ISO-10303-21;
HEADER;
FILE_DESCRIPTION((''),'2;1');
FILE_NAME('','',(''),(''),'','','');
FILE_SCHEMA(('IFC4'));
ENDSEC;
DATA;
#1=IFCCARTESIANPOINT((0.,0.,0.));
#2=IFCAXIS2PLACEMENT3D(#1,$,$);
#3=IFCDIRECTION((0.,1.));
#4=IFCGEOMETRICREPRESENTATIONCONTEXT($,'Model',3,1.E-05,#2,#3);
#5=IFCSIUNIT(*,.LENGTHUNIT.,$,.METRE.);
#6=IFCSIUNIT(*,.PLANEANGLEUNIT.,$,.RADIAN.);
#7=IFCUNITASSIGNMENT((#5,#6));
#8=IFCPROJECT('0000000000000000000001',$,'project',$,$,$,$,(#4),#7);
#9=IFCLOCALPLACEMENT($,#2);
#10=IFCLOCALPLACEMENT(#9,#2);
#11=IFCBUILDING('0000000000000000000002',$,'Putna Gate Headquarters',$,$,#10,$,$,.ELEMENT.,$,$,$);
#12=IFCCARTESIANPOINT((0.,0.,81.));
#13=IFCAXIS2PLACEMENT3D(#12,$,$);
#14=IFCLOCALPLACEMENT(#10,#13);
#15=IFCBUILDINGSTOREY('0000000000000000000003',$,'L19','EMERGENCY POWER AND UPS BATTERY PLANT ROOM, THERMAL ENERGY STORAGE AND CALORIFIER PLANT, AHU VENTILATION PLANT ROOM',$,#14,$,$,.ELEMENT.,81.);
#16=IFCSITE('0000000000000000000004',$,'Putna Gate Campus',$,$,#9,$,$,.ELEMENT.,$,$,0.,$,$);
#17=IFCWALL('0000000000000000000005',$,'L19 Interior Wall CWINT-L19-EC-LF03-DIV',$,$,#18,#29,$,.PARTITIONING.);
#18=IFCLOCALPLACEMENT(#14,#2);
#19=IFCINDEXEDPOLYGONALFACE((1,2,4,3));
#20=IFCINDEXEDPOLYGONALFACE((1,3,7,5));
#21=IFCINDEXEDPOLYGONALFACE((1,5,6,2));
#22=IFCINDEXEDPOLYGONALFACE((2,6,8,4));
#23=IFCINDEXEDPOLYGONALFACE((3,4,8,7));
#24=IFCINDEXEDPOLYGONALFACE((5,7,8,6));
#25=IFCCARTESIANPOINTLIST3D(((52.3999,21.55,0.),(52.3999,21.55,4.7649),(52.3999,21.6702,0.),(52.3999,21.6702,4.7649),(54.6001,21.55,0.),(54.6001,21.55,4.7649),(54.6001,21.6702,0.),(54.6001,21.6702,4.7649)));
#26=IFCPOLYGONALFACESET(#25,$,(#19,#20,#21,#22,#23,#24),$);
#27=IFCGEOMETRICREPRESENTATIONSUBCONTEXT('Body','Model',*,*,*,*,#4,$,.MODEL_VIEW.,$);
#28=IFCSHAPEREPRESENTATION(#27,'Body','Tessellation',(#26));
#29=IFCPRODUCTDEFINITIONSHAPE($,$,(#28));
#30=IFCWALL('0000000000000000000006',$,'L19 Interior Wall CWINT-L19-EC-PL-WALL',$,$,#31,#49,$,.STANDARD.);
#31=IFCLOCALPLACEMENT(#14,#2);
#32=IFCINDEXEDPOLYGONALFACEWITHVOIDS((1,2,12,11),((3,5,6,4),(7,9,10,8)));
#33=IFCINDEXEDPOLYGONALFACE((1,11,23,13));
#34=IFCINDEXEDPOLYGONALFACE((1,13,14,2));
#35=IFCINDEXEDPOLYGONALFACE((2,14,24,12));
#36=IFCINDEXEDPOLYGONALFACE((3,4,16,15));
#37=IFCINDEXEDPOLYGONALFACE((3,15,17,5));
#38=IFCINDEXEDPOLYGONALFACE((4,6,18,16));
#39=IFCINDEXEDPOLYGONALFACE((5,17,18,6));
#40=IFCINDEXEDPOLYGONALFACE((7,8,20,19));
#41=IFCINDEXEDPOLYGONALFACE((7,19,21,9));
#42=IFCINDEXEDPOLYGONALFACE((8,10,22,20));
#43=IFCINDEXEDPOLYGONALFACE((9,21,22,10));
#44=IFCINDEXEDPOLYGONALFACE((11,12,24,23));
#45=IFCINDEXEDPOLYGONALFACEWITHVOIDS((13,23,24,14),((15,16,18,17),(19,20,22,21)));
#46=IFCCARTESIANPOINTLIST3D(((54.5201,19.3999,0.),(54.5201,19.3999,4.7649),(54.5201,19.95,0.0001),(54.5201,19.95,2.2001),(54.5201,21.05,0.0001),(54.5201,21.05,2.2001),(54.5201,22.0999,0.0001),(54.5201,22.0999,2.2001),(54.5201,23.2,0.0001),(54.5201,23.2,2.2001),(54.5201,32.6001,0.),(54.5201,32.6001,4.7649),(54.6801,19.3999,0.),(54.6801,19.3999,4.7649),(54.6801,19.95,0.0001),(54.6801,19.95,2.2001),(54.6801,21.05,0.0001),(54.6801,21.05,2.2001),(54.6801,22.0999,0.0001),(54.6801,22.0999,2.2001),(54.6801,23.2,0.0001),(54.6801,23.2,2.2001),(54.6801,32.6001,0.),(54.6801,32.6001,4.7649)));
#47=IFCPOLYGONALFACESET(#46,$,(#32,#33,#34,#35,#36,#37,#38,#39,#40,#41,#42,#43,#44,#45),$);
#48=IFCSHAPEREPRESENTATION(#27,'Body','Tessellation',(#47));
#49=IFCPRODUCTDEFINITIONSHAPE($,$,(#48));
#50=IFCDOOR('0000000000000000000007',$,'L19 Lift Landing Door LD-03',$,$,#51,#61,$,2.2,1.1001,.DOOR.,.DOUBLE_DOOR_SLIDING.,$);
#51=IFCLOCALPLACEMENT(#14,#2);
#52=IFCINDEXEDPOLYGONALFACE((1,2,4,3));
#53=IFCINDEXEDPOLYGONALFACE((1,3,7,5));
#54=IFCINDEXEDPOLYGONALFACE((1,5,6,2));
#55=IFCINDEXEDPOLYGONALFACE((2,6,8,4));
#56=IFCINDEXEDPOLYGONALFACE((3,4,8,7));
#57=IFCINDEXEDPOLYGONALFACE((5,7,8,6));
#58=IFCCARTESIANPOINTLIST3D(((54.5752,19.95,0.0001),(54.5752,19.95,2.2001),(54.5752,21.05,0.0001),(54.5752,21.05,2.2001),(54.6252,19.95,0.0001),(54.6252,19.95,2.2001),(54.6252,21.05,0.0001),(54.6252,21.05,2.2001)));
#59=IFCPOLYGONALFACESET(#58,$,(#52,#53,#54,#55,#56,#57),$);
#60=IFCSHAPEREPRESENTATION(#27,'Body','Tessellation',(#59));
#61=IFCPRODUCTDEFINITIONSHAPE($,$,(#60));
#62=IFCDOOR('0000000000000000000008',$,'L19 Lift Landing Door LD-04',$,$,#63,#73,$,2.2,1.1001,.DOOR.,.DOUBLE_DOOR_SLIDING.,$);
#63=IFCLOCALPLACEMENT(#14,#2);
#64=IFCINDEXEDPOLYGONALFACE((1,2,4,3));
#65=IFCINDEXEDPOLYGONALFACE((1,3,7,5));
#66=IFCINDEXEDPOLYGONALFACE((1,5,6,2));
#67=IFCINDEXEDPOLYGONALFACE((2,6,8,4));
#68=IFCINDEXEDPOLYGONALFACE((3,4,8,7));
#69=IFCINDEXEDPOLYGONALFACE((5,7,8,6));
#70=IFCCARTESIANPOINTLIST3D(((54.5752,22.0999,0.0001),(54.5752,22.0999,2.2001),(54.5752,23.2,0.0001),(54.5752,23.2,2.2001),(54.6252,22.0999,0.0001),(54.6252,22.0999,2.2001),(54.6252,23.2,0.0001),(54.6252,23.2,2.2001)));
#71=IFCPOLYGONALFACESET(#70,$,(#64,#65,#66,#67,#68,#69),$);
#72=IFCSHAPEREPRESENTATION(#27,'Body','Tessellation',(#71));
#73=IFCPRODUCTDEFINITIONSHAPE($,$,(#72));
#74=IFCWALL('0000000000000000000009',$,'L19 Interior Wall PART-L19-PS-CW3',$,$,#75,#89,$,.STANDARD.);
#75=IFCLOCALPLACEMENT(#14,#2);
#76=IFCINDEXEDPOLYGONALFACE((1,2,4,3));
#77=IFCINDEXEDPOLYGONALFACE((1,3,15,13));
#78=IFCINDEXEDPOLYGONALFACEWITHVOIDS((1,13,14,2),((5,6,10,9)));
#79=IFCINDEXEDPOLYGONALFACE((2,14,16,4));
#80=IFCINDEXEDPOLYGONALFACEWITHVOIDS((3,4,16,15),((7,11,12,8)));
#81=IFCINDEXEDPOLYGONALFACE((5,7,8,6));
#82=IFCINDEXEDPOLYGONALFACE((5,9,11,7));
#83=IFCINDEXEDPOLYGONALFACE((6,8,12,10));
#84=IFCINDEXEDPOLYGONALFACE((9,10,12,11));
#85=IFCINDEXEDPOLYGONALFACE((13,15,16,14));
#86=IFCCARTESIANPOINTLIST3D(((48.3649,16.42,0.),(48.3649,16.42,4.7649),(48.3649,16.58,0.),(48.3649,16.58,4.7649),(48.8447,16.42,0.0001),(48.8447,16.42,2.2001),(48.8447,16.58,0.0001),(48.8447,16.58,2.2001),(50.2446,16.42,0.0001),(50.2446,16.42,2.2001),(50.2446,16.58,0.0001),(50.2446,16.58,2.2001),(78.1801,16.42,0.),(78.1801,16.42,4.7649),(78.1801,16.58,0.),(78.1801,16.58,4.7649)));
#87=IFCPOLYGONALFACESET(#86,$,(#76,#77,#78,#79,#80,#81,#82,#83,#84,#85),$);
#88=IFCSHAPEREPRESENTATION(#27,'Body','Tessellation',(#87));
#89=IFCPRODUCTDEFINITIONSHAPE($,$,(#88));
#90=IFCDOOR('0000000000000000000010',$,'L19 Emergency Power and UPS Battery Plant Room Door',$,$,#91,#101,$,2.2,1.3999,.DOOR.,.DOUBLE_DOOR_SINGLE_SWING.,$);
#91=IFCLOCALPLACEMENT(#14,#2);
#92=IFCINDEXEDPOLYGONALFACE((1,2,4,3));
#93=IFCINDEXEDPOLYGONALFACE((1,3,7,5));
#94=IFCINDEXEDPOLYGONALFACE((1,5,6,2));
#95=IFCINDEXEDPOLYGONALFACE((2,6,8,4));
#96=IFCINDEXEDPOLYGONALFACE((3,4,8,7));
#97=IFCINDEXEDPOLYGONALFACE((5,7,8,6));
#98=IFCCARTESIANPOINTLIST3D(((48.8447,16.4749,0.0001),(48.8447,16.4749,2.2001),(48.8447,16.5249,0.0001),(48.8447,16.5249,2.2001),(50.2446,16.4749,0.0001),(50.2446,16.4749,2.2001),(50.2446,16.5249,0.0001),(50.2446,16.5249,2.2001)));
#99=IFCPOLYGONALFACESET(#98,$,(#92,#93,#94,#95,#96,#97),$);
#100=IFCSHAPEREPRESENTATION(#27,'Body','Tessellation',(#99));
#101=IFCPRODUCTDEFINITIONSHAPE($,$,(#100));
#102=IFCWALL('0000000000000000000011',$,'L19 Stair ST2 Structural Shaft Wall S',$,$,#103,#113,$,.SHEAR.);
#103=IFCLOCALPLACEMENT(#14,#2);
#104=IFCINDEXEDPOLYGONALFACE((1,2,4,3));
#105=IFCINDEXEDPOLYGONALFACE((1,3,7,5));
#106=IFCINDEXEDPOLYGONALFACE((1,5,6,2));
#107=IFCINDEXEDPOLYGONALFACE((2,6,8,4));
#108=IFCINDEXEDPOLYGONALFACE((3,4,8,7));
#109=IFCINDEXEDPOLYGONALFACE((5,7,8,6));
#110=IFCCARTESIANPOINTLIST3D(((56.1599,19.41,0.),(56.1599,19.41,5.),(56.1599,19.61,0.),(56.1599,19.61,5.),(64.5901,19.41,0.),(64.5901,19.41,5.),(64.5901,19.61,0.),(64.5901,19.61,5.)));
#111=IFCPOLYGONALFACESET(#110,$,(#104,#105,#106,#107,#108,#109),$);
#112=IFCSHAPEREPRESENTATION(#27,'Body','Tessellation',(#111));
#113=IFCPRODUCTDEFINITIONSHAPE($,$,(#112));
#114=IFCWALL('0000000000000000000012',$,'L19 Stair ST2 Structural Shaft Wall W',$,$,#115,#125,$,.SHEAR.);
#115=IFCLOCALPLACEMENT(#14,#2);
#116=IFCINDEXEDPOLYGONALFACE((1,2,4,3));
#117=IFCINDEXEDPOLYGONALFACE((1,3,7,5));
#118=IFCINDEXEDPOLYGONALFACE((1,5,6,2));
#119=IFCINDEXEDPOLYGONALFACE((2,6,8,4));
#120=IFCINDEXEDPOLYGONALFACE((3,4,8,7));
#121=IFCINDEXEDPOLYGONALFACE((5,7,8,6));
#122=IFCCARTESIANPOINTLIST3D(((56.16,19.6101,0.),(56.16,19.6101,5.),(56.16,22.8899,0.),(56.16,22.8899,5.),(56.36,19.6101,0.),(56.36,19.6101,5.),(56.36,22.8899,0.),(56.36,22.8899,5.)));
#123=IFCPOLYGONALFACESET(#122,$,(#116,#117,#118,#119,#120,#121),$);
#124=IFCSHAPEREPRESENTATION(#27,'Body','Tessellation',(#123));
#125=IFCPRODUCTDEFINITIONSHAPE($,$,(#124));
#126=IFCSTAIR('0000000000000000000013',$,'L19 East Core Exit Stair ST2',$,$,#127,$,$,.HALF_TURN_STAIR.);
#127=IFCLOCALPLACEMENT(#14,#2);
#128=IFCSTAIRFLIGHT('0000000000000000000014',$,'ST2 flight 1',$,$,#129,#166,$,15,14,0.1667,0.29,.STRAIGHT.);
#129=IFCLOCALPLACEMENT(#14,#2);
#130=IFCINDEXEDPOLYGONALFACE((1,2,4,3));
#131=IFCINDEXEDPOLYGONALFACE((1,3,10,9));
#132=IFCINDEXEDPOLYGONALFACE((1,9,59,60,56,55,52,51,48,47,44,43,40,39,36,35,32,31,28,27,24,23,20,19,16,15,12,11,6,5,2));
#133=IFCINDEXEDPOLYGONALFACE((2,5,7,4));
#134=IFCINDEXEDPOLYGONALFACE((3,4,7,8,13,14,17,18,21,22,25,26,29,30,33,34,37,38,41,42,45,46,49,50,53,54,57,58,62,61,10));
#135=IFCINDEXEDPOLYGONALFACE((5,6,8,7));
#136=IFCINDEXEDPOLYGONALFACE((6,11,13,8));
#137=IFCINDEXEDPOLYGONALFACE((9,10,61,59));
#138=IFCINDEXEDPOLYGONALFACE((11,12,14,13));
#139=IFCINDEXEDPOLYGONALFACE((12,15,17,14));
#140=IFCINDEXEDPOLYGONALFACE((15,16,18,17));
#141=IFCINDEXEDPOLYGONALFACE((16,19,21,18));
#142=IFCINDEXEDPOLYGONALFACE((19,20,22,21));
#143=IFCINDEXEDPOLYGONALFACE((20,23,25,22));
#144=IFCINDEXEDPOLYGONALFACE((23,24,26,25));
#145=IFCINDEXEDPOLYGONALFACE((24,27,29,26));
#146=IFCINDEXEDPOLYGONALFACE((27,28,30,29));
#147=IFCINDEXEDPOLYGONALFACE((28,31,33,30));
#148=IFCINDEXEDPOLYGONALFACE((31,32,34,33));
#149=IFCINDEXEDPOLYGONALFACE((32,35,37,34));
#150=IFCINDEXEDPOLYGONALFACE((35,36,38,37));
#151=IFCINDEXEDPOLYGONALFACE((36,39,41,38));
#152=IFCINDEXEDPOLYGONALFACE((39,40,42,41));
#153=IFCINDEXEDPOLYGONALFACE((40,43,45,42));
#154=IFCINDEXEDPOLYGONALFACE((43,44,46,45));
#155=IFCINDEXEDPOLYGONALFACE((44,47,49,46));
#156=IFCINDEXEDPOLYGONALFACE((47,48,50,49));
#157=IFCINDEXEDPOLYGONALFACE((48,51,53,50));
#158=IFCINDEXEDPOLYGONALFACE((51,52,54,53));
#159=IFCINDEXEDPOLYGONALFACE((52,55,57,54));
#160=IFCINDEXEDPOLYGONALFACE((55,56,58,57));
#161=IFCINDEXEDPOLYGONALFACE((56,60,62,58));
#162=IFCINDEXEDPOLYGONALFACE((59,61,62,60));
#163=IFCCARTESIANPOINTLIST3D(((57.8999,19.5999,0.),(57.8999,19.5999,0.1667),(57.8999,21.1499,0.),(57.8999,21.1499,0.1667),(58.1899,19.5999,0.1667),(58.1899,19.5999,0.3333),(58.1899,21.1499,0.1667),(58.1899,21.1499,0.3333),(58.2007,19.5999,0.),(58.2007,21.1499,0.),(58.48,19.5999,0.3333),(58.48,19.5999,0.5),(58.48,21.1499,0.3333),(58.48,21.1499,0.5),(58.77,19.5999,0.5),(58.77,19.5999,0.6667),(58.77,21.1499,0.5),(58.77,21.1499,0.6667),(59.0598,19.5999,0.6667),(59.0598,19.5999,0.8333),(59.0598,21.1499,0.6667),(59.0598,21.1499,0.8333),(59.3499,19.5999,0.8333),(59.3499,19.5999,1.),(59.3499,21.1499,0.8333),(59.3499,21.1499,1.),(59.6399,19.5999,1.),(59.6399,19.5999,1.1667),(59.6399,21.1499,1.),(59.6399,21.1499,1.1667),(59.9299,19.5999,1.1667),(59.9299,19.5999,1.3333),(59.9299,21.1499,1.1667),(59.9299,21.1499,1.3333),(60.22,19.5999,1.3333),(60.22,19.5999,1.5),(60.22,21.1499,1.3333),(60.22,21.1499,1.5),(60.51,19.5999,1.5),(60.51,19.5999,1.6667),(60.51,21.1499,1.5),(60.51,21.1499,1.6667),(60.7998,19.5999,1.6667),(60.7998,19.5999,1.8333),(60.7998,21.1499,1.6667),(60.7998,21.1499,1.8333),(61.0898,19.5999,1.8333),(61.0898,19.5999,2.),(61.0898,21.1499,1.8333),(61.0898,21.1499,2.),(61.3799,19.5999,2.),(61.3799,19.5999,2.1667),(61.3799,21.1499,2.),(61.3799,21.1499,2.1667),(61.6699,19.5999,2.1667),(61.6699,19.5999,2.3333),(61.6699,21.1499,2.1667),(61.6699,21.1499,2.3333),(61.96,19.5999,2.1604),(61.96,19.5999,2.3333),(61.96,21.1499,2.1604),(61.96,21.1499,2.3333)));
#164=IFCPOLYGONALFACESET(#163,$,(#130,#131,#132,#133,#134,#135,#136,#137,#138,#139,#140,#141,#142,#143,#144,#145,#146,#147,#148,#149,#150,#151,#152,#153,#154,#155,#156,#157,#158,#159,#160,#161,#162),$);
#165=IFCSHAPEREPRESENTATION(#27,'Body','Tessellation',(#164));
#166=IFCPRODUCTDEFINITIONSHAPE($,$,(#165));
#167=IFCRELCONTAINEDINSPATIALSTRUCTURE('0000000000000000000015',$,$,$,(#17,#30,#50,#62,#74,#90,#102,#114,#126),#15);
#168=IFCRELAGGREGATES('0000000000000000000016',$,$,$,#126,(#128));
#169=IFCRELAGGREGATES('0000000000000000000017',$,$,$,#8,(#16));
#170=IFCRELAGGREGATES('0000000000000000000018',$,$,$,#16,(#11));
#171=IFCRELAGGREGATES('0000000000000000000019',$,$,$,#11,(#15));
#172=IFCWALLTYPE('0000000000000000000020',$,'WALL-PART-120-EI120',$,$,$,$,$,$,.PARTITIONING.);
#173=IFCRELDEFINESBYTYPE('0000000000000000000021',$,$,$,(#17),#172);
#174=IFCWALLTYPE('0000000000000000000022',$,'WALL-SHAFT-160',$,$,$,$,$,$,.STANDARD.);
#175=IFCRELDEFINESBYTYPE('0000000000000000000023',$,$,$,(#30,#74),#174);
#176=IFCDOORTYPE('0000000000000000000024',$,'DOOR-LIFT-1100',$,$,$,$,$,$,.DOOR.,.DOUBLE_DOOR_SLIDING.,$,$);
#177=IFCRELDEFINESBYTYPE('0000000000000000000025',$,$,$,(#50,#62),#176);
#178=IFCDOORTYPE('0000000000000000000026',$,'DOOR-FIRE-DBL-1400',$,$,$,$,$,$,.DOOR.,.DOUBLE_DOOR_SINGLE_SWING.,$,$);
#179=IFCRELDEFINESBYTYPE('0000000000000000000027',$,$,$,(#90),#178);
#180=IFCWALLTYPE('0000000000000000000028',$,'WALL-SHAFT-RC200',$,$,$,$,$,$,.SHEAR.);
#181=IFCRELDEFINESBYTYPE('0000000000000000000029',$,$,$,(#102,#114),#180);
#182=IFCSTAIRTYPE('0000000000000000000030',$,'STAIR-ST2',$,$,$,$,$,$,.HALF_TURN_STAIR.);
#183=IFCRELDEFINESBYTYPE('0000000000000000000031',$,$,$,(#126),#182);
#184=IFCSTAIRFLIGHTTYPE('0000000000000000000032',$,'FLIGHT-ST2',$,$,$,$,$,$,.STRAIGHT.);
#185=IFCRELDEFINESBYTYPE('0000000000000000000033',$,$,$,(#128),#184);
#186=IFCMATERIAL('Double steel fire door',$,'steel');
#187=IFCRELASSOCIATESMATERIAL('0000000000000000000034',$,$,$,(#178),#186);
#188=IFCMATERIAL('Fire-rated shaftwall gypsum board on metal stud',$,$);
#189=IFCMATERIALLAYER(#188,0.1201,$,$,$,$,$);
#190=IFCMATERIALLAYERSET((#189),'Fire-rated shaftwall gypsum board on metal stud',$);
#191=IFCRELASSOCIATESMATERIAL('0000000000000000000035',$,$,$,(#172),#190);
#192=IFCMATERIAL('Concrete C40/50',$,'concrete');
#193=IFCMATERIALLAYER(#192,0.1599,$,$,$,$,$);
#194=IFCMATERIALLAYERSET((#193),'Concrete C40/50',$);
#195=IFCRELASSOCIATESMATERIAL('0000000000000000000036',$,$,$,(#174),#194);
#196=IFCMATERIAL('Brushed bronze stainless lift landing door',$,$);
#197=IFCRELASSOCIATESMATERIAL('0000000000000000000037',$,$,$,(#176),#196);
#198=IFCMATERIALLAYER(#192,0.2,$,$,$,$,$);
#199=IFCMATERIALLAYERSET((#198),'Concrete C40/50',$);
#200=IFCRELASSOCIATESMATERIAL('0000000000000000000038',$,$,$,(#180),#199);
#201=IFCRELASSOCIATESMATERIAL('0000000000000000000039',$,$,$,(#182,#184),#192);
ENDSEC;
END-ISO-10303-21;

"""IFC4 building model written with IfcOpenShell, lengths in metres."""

from ifc_helpers import new_model, si_unit, direction, frame, frame_2d, origin, place, context, subcontext, project, spatial, polyline, rectangle, outline, extrude, material, layer, layer_set, type_object, element, fill, aggregate, save


model = new_model("IFC4")

# Units and contexts
model_context = context("Model", 3, precision=1e-05, world=origin(), true_north=direction((0.0, 1.0)))
body_context = subcontext(model_context, "Body", "Model", "MODEL_VIEW")
ifc_project = project(units=[si_unit("LENGTHUNIT", "METRE"), si_unit("PLANEANGLEUNIT", "RADIAN")], contexts=[model_context])

# Site, building, storey
site_placement = place(None, origin())
site = spatial("IfcSite", under=ifc_project, at=site_placement, Name="Putna Gate Campus", CompositionType="ELEMENT", RefElevation=0.0)
building_placement = place(site_placement, origin())
building = spatial("IfcBuilding", under=site, at=building_placement, Name="Putna Gate Headquarters", CompositionType="ELEMENT")
storey_placement = place(building_placement, frame((0.0, 0.0, 81.0)))
storey = spatial("IfcBuildingStorey", under=building, at=storey_placement, Name="L19", Description="EMERGENCY POWER AND UPS BATTERY PLANT ROOM, THERMAL ENERGY STORAGE AND CALORIFIER PLANT, AHU VENTILATION PLANT ROOM", CompositionType="ELEMENT", Elevation=81.0)

# Shared definitions
ifc_material_1 = material(Name="Double steel fire door", Category="steel")
door_type_1 = type_object("IfcDoorType", Name="DOOR-FIRE-DBL-1400", OperationType="DOUBLE_DOOR_SINGLE_SWING", PredefinedType="DOOR", material=ifc_material_1)

# Wall
ifc_material_2 = material(Name="Fire-rated shaftwall gypsum board on metal stud")
ifc_layer_1 = layer(ifc_material_2, 0.1201)
ifc_layer_set_1 = layer_set([ifc_layer_1], Name="Fire-rated shaftwall gypsum board on metal stud")
wall_type_1 = type_object("IfcWallType", Name="WALL-PART-120-EI120", PredefinedType="PARTITIONING", material=ifc_layer_set_1)
wall_1_placement = place(storey_placement, frame((52.3999, 21.6101, 0.0), z_axis=(0.0, 0.0, 1.0), x_axis=(1.0, 0.0, 0.0)))
element("IfcWall", 1, at=wall_1_placement, inside=storey, type_object=wall_type_1, Name="L19 Interior Wall CWINT-L19-EC-LF03-DIV", PredefinedType="PARTITIONING", context=body_context, shape_type="SweptSolid", body=[
    extrude(rectangle(XDim=2.2002, YDim=0.1201, at=frame_2d((1.1001, 0.0))), origin(), (0.0, 0.0, 1.0), 4.7649),
])

# Wall, openings, doors
ifc_material_3 = material(Name="Concrete C40/50", Category="concrete")
ifc_layer_2 = layer(ifc_material_3, 0.1599)
ifc_layer_set_2 = layer_set([ifc_layer_2], Name="Concrete C40/50")
wall_type_2 = type_object("IfcWallType", Name="WALL-SHAFT-160", PredefinedType="STANDARD", material=ifc_layer_set_2)
wall_2_placement = place(storey_placement, frame((54.6001, 19.3999, 0.0), z_axis=(0.0, 0.0, 1.0), x_axis=(0.0, 1.0, 0.0)))
wall_2 = element("IfcWall", 2, at=wall_2_placement, inside=storey, type_object=wall_type_2, Name="L19 Interior Wall CWINT-L19-EC-PL-WALL", PredefinedType="STANDARD", context=body_context, shape_type="SweptSolid", body=[
    extrude(rectangle(XDim=13.2002, YDim=0.1599, at=frame_2d((6.6001, 0.0))), origin(), (0.0, 0.0, 1.0), 4.7649),
])
opening_1_placement = place(wall_2_placement, frame((0.55, 0.0, 0.0)))
opening_1 = element("IfcOpeningElement", 3, at=opening_1_placement, cuts=wall_2, PredefinedType="OPENING", context=body_context, shape_type="SweptSolid", body=[
    extrude(rectangle(XDim=1.1001, YDim=2.2, at=frame_2d((0.55, 1.1001))), frame((0.0, 0.0898, 0.0), z_axis=(0.0, -1.0, 0.0), x_axis=(1.0, 0.0, 0.0)), (0.0, 0.0, 1.0), 0.1799),
])
opening_2_placement = place(wall_2_placement, frame((2.7, 0.0, 0.0)))
opening_2 = element("IfcOpeningElement", 4, at=opening_2_placement, cuts=wall_2, PredefinedType="OPENING", context=body_context, shape_type="SweptSolid", body=[
    extrude(rectangle(XDim=1.1001, YDim=2.2, at=frame_2d((0.55, 1.1001))), frame((0.0, 0.0898, 0.0), z_axis=(0.0, -1.0, 0.0), x_axis=(1.0, 0.0, 0.0)), (0.0, 0.0, 1.0), 0.1799),
])
ifc_material_4 = material(Name="Brushed bronze stainless lift landing door")
door_type_2 = type_object("IfcDoorType", Name="DOOR-LIFT-1100", OperationType="DOUBLE_DOOR_SLIDING", PredefinedType="DOOR", material=ifc_material_4)
door_1_placement = place(opening_1_placement, origin())
door_1 = element("IfcDoor", 5, at=door_1_placement, inside=storey, type_object=door_type_2, Name="L19 Lift Landing Door LD-03", OperationType="DOUBLE_DOOR_SLIDING", OverallHeight=2.2, OverallWidth=1.1001, PredefinedType="DOOR", context=body_context, shape_type="SweptSolid", body=[
    extrude(rectangle(XDim=1.1001, YDim=2.2, at=frame_2d((0.55, 1.1001))), frame((0.0, 0.0249, 0.0), z_axis=(0.0, -1.0, 0.0), x_axis=(1.0, 0.0, 0.0)), (0.0, 0.0, 1.0), 0.05),
])
fill(opening_1, door_1)
door_2_placement = place(opening_2_placement, origin())
door_2 = element("IfcDoor", 6, at=door_2_placement, inside=storey, type_object=door_type_2, Name="L19 Lift Landing Door LD-04", OperationType="DOUBLE_DOOR_SLIDING", OverallHeight=2.2, OverallWidth=1.1001, PredefinedType="DOOR", context=body_context, shape_type="SweptSolid", body=[
    extrude(rectangle(XDim=1.1001, YDim=2.2, at=frame_2d((0.55, 1.1001))), frame((0.0, 0.0249, 0.0), z_axis=(0.0, -1.0, 0.0), x_axis=(1.0, 0.0, 0.0)), (0.0, 0.0, 1.0), 0.05),
])
fill(opening_2, door_2)

# Wall, opening, door
wall_3_placement = place(storey_placement, frame((48.3647, 16.5, 0.0), z_axis=(0.0, 0.0, 1.0), x_axis=(1.0, 0.0, 0.0)))
wall_3 = element("IfcWall", 7, at=wall_3_placement, inside=storey, type_object=wall_type_2, Name="L19 Interior Wall PART-L19-PS-CW3", PredefinedType="STANDARD", context=body_context, shape_type="SweptSolid", body=[
    extrude(rectangle(XDim=29.8152, YDim=0.1599, at=frame_2d((14.9077, 0.0))), origin(), (0.0, 0.0, 1.0), 4.7649),
])
opening_3_placement = place(wall_3_placement, frame((0.48, 0.0, 0.0)))
opening_3 = element("IfcOpeningElement", 8, at=opening_3_placement, cuts=wall_3, PredefinedType="OPENING", context=body_context, shape_type="SweptSolid", body=[
    extrude(rectangle(XDim=1.3999, YDim=2.2, at=frame_2d((0.7, 1.1001))), frame((0.0, 0.0898, 0.0), z_axis=(0.0, -1.0, 0.0), x_axis=(1.0, 0.0, 0.0)), (0.0, 0.0, 1.0), 0.1799),
])
door_3_placement = place(opening_3_placement, origin())
door_3 = element("IfcDoor", 9, at=door_3_placement, inside=storey, type_object=door_type_1, Name="L19 Emergency Power and UPS Battery Plant Room Door", OperationType="DOUBLE_DOOR_SINGLE_SWING", OverallHeight=2.2, OverallWidth=1.3999, PredefinedType="DOOR", context=body_context, shape_type="SweptSolid", body=[
    extrude(rectangle(XDim=1.3999, YDim=2.2, at=frame_2d((0.7, 1.1001))), frame((0.0, 0.0249, 0.0), z_axis=(0.0, -1.0, 0.0), x_axis=(1.0, 0.0, 0.0)), (0.0, 0.0, 1.0), 0.05),
])
fill(opening_3, door_3)

# Walls
ifc_layer_3 = layer(ifc_material_3, 0.2)
ifc_layer_set_3 = layer_set([ifc_layer_3], Name="Concrete C40/50")
wall_type_3 = type_object("IfcWallType", Name="WALL-SHAFT-RC200", PredefinedType="SHEAR", material=ifc_layer_set_3)
wall_4_placement = place(storey_placement, frame((56.1599, 19.51, 0.0), z_axis=(0.0, 0.0, 1.0), x_axis=(1.0, 0.0, 0.0)))
element("IfcWall", 10, at=wall_4_placement, inside=storey, type_object=wall_type_3, Name="L19 Stair ST2 Structural Shaft Wall S", PredefinedType="SHEAR", context=body_context, shape_type="SweptSolid", body=[
    extrude(rectangle(XDim=8.4302, YDim=0.2, at=frame_2d((4.2151, 0.0))), origin(), (0.0, 0.0, 1.0), 5.0),
])
wall_5_placement = place(storey_placement, frame((56.26, 19.6101, 0.0), z_axis=(0.0, 0.0, 1.0), x_axis=(0.0, 1.0, 0.0)))
element("IfcWall", 11, at=wall_5_placement, inside=storey, type_object=wall_type_3, Name="L19 Stair ST2 Structural Shaft Wall W", PredefinedType="SHEAR", context=body_context, shape_type="SweptSolid", body=[
    extrude(rectangle(XDim=3.2798, YDim=0.2, at=frame_2d((1.6399, 0.0))), origin(), (0.0, 0.0, 1.0), 5.0),
])

# Stair, stair flight
stair_type = type_object("IfcStairType", Name="STAIR-ST2", PredefinedType="HALF_TURN_STAIR", material=ifc_material_3)
stair_placement = place(storey_placement, origin())
stair = element("IfcStair", 12, at=stair_placement, inside=storey, type_object=stair_type, Name="L19 East Core Exit Stair ST2", PredefinedType="HALF_TURN_STAIR")
stair_flight_type = type_object("IfcStairFlightType", Name="FLIGHT-ST2", PredefinedType="STRAIGHT", material=ifc_material_3)
stair_flight_placement = place(storey_placement, frame((57.8999, 20.375, 0.0), z_axis=(0.0, 0.0, 1.0), x_axis=(1.0, 0.0, 0.0)))
stair_flight = element("IfcStairFlight", 13, at=stair_flight_placement, type_object=stair_flight_type, Name="ST2 flight 1", NumberOfRisers=15, NumberOfTreads=14, PredefinedType="STRAIGHT", RiserHeight=0.1667, TreadLength=0.29, context=body_context, shape_type="SweptSolid", body=[
    extrude(outline(polyline([(0.0, 0.0), (0.0, 0.1667), (0.29, 0.1667), (0.29, 0.3333), (0.5801, 0.3333), (0.5801, 0.5), (0.8701, 0.5), (0.8701, 0.6667), (1.1599, 0.6667), (1.1599, 0.8333), (1.45, 0.8333), (1.45, 1.0), (1.74, 1.0), (1.74, 1.1667), (2.03, 1.1667), (2.03, 1.3333), (2.3201, 1.3333), (2.3201, 1.5), (2.6101, 1.5), (2.6101, 1.6667), (2.8999, 1.6667), (2.8999, 1.8333), (3.1899, 1.8333), (3.1899, 2.0), (3.48, 2.0), (3.48, 2.1667), (3.77, 2.1667), (3.77, 2.3333), (4.0601, 2.3333), (4.0601, 2.5), (4.0601, 2.1604), (0.3008, 0.0), (0.0, 0.0)])), frame((0.0, 0.7749, 0.0), z_axis=(0.0, -1.0, 0.0), x_axis=(1.0, 0.0, 0.0)), (0.0, 0.0, 1.0), 1.55),
])
aggregate(stair, [stair_flight])

save(model, "model.ifc")
